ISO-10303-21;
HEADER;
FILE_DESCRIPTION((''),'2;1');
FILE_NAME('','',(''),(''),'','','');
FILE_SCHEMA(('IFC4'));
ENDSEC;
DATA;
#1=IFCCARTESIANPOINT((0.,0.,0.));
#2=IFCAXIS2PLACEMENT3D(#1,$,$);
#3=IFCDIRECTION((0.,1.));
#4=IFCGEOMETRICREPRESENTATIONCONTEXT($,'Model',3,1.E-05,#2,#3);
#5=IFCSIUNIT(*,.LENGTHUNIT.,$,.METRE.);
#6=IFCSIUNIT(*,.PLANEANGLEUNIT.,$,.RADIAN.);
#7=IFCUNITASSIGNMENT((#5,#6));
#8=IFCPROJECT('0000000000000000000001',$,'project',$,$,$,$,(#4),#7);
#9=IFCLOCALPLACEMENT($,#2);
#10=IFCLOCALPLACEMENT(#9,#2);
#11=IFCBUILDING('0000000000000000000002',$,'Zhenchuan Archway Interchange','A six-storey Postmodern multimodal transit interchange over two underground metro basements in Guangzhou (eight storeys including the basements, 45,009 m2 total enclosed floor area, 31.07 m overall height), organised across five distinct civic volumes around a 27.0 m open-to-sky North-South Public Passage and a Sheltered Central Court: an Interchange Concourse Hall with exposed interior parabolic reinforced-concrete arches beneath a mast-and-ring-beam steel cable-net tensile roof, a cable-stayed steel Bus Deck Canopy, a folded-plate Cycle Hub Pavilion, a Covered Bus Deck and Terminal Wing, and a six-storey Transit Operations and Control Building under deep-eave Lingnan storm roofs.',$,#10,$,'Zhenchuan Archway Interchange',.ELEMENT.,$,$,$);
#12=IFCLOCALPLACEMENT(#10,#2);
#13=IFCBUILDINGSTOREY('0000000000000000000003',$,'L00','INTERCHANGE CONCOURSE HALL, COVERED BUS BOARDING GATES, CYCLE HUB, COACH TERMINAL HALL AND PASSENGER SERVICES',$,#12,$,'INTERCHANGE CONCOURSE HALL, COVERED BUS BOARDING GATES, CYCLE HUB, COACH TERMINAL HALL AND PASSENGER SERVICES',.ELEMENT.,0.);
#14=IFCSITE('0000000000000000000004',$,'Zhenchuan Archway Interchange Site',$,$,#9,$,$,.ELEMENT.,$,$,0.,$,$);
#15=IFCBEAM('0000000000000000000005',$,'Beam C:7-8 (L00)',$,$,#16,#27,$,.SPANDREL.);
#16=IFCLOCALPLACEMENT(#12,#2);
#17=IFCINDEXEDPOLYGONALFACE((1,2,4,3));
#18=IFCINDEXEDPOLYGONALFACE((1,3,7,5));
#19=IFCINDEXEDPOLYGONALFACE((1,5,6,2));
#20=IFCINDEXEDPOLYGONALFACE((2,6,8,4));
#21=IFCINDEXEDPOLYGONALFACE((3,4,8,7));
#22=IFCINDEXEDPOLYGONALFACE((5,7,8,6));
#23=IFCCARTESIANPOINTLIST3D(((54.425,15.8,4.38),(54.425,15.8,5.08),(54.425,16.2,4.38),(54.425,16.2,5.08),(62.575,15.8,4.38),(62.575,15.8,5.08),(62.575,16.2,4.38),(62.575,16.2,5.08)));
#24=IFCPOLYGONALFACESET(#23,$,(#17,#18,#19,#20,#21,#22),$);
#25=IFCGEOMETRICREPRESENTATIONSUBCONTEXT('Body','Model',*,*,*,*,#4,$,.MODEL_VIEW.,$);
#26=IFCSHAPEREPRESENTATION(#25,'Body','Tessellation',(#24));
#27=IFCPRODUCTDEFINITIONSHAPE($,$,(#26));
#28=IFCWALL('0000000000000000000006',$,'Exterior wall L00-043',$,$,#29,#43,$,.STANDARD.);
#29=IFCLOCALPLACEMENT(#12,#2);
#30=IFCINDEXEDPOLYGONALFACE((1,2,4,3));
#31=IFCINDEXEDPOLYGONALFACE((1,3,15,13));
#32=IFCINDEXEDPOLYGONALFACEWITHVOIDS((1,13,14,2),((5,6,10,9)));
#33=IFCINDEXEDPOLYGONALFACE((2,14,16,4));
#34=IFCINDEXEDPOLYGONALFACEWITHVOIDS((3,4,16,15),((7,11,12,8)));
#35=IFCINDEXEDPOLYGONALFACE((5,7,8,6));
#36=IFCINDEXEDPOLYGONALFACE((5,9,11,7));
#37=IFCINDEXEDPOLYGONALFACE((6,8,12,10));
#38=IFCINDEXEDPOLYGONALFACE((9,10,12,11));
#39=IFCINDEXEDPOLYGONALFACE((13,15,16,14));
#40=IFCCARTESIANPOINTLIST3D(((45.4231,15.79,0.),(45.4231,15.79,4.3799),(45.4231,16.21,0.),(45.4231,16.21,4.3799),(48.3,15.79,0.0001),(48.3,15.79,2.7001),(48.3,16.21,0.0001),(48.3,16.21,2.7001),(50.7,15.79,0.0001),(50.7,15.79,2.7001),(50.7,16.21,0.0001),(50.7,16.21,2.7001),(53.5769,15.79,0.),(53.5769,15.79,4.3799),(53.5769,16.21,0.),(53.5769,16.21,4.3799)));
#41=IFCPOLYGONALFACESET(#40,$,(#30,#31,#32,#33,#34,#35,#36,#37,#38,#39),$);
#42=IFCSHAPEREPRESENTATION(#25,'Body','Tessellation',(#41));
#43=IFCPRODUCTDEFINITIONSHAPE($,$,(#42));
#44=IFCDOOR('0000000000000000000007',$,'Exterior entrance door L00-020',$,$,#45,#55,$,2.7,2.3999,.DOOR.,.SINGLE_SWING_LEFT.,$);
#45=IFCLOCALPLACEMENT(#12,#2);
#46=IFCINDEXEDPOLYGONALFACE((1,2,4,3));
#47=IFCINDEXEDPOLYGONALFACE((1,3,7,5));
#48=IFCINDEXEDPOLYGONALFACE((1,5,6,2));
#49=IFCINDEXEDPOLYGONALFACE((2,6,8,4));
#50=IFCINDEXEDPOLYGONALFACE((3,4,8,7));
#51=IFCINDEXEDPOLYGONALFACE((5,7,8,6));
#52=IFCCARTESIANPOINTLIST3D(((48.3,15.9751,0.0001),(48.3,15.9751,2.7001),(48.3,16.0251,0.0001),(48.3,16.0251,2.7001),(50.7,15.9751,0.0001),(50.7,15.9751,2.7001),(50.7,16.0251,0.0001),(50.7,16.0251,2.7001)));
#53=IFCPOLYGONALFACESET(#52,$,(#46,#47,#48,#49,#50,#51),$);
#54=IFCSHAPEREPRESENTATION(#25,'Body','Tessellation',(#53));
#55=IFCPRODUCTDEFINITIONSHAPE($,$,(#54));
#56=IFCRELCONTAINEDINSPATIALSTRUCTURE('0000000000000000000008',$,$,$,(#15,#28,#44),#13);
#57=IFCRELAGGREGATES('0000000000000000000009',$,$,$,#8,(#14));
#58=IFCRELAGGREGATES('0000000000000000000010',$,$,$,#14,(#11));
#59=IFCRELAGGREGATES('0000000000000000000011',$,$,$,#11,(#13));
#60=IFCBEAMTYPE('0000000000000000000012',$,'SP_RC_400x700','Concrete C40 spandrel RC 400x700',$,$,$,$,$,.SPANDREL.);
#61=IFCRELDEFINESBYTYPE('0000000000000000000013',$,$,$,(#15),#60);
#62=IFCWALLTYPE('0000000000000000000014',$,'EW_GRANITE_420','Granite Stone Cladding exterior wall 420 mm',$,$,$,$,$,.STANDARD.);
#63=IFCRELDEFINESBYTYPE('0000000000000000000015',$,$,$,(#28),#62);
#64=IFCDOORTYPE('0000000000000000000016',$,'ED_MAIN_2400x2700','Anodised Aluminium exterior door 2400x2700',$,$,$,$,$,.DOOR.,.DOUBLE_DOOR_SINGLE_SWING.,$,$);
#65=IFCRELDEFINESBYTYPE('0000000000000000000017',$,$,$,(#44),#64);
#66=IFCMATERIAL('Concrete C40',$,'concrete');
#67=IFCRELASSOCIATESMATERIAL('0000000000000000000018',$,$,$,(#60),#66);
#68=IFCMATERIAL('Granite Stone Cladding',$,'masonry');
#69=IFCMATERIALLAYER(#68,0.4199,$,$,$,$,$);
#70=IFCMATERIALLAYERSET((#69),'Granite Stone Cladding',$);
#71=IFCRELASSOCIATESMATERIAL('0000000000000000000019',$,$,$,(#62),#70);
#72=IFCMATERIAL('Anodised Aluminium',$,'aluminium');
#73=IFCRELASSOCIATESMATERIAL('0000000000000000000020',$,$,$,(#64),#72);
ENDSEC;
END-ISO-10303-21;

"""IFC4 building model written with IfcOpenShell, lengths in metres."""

from ifc_helpers import new_model, si_unit, direction, frame, frame_2d, origin, origin_2d, place, context, subcontext, project, spatial, rectangle, extrude, material, layer, layer_set, material_profile, profile_set, type_object, element, fill, save


model = new_model("IFC4")

# Units and contexts
model_context = context("Model", 3, precision=1e-05, world=origin(), true_north=direction((0.0, 1.0)))
body_context = subcontext(model_context, "Body", "Model", "MODEL_VIEW")
ifc_project = project(units=[si_unit("LENGTHUNIT", "METRE"), si_unit("PLANEANGLEUNIT", "RADIAN")], contexts=[model_context])

# Site, building, storey
site_placement = place(None, origin())
site = spatial("IfcSite", under=ifc_project, at=site_placement, Name="Zhenchuan Archway Interchange Site", CompositionType="ELEMENT", RefElevation=0.0)
building_placement = place(site_placement, origin())
building = spatial("IfcBuilding", under=site, at=building_placement, Name="Zhenchuan Archway Interchange", Description="A six-storey Postmodern multimodal transit interchange over two underground metro basements in Guangzhou (eight storeys including the basements, 45,009 m2 total enclosed floor area, 31.07 m overall height), organised across five distinct civic volumes around a 27.0 m open-to-sky North-South Public Passage and a Sheltered Central Court: an Interchange Concourse Hall with exposed interior parabolic reinforced-concrete arches beneath a mast-and-ring-beam steel cable-net tensile roof, a cable-stayed steel Bus Deck Canopy, a folded-plate Cycle Hub Pavilion, a Covered Bus Deck and Terminal Wing, and a six-storey Transit Operations and Control Building under deep-eave Lingnan storm roofs.", LongName="Zhenchuan Archway Interchange", CompositionType="ELEMENT")
storey_placement = place(building_placement, origin())
storey = spatial("IfcBuildingStorey", under=building, at=storey_placement, Name="L00", Description="INTERCHANGE CONCOURSE HALL, COVERED BUS BOARDING GATES, CYCLE HUB, COACH TERMINAL HALL AND PASSENGER SERVICES", LongName="INTERCHANGE CONCOURSE HALL, COVERED BUS BOARDING GATES, CYCLE HUB, COACH TERMINAL HALL AND PASSENGER SERVICES", CompositionType="ELEMENT", Elevation=0.0)

# Shared definitions
ifc_material_1 = material(Name="Concrete C40", Category="concrete")

# Beam
ifc_material_profile_1 = material_profile(ifc_material_1, rectangle(XDim=0.3999, YDim=0.7, at=origin_2d()), Name="RC 400x700")
ifc_profile_set_1 = profile_set([ifc_material_profile_1], Name="Concrete C40")
beam_type_1 = type_object("IfcBeamType", Name="SP_RC_400x700", Description="Concrete C40 spandrel RC 400x700", PredefinedType="SPANDREL", material=ifc_profile_set_1)
beam_1_placement = place(storey_placement, frame((54.425, 16.0, 4.73), z_axis=(1.0, 0.0, 0.0), x_axis=(0.0, 1.0, 0.0)))
element("IfcBeam", 1, at=beam_1_placement, inside=storey, type_object=beam_type_1, Name="Beam C:7-8 (L00)", PredefinedType="SPANDREL", context=body_context, shape_type="SweptSolid", body=[
    extrude(rectangle(XDim=0.3999, YDim=0.7, at=origin_2d()), origin(), (0.0, 0.0, 1.0), 8.1499),
])

# Wall, opening, door
ifc_material_2 = material(Name="Granite Stone Cladding", Category="masonry")
ifc_layer = layer(ifc_material_2, 0.4199)
ifc_layer_set = layer_set([ifc_layer], Name="Granite Stone Cladding")
wall_type = type_object("IfcWallType", Name="EW_GRANITE_420", Description="Granite Stone Cladding exterior wall 420 mm", PredefinedType="STANDARD", material=ifc_layer_set)
wall_placement = place(storey_placement, frame((53.5769, 16.0, 0.0), z_axis=(0.0, 0.0, 1.0), x_axis=(-1.0, 0.0, 0.0)))
wall = element("IfcWall", 2, at=wall_placement, inside=storey, type_object=wall_type, Name="Exterior wall L00-043", PredefinedType="STANDARD", context=body_context, shape_type="SweptSolid", body=[
    extrude(rectangle(XDim=8.1538, YDim=0.4199, at=frame_2d((4.0769, 0.0))), origin(), (0.0, 0.0, 1.0), 4.3799),
])
opening_placement = place(wall_placement, frame((2.877, 0.0, 0.0)))
opening = element("IfcOpeningElement", 3, at=opening_placement, cuts=wall, PredefinedType="OPENING", context=body_context, shape_type="SweptSolid", body=[
    extrude(rectangle(XDim=2.3999, YDim=2.7, at=frame_2d((1.2, 1.3501))), frame((0.0, 0.2219, 0.0), z_axis=(0.0, -1.0, 0.0), x_axis=(1.0, 0.0, 0.0)), (0.0, 0.0, 1.0), 0.4438),
])
ifc_material_3 = material(Name="Anodised Aluminium", Category="aluminium")
door_type = type_object("IfcDoorType", Name="ED_MAIN_2400x2700", Description="Anodised Aluminium exterior door 2400x2700", OperationType="DOUBLE_DOOR_SINGLE_SWING", PredefinedType="DOOR", material=ifc_material_3)
door_placement = place(opening_placement, origin())
door = element("IfcDoor", 4, at=door_placement, inside=storey, type_object=door_type, Name="Exterior entrance door L00-020", OperationType="SINGLE_SWING_LEFT", OverallHeight=2.7, OverallWidth=2.3999, PredefinedType="DOOR", context=body_context, shape_type="SweptSolid", body=[
    extrude(rectangle(XDim=2.3999, YDim=2.7, at=frame_2d((1.2, 1.3501))), frame((0.0, 0.0249, 0.0), z_axis=(0.0, -1.0, 0.0), x_axis=(1.0, 0.0, 0.0)), (0.0, 0.0, 1.0), 0.05),
])
fill(opening, door)

save(model, "model.ifc")
